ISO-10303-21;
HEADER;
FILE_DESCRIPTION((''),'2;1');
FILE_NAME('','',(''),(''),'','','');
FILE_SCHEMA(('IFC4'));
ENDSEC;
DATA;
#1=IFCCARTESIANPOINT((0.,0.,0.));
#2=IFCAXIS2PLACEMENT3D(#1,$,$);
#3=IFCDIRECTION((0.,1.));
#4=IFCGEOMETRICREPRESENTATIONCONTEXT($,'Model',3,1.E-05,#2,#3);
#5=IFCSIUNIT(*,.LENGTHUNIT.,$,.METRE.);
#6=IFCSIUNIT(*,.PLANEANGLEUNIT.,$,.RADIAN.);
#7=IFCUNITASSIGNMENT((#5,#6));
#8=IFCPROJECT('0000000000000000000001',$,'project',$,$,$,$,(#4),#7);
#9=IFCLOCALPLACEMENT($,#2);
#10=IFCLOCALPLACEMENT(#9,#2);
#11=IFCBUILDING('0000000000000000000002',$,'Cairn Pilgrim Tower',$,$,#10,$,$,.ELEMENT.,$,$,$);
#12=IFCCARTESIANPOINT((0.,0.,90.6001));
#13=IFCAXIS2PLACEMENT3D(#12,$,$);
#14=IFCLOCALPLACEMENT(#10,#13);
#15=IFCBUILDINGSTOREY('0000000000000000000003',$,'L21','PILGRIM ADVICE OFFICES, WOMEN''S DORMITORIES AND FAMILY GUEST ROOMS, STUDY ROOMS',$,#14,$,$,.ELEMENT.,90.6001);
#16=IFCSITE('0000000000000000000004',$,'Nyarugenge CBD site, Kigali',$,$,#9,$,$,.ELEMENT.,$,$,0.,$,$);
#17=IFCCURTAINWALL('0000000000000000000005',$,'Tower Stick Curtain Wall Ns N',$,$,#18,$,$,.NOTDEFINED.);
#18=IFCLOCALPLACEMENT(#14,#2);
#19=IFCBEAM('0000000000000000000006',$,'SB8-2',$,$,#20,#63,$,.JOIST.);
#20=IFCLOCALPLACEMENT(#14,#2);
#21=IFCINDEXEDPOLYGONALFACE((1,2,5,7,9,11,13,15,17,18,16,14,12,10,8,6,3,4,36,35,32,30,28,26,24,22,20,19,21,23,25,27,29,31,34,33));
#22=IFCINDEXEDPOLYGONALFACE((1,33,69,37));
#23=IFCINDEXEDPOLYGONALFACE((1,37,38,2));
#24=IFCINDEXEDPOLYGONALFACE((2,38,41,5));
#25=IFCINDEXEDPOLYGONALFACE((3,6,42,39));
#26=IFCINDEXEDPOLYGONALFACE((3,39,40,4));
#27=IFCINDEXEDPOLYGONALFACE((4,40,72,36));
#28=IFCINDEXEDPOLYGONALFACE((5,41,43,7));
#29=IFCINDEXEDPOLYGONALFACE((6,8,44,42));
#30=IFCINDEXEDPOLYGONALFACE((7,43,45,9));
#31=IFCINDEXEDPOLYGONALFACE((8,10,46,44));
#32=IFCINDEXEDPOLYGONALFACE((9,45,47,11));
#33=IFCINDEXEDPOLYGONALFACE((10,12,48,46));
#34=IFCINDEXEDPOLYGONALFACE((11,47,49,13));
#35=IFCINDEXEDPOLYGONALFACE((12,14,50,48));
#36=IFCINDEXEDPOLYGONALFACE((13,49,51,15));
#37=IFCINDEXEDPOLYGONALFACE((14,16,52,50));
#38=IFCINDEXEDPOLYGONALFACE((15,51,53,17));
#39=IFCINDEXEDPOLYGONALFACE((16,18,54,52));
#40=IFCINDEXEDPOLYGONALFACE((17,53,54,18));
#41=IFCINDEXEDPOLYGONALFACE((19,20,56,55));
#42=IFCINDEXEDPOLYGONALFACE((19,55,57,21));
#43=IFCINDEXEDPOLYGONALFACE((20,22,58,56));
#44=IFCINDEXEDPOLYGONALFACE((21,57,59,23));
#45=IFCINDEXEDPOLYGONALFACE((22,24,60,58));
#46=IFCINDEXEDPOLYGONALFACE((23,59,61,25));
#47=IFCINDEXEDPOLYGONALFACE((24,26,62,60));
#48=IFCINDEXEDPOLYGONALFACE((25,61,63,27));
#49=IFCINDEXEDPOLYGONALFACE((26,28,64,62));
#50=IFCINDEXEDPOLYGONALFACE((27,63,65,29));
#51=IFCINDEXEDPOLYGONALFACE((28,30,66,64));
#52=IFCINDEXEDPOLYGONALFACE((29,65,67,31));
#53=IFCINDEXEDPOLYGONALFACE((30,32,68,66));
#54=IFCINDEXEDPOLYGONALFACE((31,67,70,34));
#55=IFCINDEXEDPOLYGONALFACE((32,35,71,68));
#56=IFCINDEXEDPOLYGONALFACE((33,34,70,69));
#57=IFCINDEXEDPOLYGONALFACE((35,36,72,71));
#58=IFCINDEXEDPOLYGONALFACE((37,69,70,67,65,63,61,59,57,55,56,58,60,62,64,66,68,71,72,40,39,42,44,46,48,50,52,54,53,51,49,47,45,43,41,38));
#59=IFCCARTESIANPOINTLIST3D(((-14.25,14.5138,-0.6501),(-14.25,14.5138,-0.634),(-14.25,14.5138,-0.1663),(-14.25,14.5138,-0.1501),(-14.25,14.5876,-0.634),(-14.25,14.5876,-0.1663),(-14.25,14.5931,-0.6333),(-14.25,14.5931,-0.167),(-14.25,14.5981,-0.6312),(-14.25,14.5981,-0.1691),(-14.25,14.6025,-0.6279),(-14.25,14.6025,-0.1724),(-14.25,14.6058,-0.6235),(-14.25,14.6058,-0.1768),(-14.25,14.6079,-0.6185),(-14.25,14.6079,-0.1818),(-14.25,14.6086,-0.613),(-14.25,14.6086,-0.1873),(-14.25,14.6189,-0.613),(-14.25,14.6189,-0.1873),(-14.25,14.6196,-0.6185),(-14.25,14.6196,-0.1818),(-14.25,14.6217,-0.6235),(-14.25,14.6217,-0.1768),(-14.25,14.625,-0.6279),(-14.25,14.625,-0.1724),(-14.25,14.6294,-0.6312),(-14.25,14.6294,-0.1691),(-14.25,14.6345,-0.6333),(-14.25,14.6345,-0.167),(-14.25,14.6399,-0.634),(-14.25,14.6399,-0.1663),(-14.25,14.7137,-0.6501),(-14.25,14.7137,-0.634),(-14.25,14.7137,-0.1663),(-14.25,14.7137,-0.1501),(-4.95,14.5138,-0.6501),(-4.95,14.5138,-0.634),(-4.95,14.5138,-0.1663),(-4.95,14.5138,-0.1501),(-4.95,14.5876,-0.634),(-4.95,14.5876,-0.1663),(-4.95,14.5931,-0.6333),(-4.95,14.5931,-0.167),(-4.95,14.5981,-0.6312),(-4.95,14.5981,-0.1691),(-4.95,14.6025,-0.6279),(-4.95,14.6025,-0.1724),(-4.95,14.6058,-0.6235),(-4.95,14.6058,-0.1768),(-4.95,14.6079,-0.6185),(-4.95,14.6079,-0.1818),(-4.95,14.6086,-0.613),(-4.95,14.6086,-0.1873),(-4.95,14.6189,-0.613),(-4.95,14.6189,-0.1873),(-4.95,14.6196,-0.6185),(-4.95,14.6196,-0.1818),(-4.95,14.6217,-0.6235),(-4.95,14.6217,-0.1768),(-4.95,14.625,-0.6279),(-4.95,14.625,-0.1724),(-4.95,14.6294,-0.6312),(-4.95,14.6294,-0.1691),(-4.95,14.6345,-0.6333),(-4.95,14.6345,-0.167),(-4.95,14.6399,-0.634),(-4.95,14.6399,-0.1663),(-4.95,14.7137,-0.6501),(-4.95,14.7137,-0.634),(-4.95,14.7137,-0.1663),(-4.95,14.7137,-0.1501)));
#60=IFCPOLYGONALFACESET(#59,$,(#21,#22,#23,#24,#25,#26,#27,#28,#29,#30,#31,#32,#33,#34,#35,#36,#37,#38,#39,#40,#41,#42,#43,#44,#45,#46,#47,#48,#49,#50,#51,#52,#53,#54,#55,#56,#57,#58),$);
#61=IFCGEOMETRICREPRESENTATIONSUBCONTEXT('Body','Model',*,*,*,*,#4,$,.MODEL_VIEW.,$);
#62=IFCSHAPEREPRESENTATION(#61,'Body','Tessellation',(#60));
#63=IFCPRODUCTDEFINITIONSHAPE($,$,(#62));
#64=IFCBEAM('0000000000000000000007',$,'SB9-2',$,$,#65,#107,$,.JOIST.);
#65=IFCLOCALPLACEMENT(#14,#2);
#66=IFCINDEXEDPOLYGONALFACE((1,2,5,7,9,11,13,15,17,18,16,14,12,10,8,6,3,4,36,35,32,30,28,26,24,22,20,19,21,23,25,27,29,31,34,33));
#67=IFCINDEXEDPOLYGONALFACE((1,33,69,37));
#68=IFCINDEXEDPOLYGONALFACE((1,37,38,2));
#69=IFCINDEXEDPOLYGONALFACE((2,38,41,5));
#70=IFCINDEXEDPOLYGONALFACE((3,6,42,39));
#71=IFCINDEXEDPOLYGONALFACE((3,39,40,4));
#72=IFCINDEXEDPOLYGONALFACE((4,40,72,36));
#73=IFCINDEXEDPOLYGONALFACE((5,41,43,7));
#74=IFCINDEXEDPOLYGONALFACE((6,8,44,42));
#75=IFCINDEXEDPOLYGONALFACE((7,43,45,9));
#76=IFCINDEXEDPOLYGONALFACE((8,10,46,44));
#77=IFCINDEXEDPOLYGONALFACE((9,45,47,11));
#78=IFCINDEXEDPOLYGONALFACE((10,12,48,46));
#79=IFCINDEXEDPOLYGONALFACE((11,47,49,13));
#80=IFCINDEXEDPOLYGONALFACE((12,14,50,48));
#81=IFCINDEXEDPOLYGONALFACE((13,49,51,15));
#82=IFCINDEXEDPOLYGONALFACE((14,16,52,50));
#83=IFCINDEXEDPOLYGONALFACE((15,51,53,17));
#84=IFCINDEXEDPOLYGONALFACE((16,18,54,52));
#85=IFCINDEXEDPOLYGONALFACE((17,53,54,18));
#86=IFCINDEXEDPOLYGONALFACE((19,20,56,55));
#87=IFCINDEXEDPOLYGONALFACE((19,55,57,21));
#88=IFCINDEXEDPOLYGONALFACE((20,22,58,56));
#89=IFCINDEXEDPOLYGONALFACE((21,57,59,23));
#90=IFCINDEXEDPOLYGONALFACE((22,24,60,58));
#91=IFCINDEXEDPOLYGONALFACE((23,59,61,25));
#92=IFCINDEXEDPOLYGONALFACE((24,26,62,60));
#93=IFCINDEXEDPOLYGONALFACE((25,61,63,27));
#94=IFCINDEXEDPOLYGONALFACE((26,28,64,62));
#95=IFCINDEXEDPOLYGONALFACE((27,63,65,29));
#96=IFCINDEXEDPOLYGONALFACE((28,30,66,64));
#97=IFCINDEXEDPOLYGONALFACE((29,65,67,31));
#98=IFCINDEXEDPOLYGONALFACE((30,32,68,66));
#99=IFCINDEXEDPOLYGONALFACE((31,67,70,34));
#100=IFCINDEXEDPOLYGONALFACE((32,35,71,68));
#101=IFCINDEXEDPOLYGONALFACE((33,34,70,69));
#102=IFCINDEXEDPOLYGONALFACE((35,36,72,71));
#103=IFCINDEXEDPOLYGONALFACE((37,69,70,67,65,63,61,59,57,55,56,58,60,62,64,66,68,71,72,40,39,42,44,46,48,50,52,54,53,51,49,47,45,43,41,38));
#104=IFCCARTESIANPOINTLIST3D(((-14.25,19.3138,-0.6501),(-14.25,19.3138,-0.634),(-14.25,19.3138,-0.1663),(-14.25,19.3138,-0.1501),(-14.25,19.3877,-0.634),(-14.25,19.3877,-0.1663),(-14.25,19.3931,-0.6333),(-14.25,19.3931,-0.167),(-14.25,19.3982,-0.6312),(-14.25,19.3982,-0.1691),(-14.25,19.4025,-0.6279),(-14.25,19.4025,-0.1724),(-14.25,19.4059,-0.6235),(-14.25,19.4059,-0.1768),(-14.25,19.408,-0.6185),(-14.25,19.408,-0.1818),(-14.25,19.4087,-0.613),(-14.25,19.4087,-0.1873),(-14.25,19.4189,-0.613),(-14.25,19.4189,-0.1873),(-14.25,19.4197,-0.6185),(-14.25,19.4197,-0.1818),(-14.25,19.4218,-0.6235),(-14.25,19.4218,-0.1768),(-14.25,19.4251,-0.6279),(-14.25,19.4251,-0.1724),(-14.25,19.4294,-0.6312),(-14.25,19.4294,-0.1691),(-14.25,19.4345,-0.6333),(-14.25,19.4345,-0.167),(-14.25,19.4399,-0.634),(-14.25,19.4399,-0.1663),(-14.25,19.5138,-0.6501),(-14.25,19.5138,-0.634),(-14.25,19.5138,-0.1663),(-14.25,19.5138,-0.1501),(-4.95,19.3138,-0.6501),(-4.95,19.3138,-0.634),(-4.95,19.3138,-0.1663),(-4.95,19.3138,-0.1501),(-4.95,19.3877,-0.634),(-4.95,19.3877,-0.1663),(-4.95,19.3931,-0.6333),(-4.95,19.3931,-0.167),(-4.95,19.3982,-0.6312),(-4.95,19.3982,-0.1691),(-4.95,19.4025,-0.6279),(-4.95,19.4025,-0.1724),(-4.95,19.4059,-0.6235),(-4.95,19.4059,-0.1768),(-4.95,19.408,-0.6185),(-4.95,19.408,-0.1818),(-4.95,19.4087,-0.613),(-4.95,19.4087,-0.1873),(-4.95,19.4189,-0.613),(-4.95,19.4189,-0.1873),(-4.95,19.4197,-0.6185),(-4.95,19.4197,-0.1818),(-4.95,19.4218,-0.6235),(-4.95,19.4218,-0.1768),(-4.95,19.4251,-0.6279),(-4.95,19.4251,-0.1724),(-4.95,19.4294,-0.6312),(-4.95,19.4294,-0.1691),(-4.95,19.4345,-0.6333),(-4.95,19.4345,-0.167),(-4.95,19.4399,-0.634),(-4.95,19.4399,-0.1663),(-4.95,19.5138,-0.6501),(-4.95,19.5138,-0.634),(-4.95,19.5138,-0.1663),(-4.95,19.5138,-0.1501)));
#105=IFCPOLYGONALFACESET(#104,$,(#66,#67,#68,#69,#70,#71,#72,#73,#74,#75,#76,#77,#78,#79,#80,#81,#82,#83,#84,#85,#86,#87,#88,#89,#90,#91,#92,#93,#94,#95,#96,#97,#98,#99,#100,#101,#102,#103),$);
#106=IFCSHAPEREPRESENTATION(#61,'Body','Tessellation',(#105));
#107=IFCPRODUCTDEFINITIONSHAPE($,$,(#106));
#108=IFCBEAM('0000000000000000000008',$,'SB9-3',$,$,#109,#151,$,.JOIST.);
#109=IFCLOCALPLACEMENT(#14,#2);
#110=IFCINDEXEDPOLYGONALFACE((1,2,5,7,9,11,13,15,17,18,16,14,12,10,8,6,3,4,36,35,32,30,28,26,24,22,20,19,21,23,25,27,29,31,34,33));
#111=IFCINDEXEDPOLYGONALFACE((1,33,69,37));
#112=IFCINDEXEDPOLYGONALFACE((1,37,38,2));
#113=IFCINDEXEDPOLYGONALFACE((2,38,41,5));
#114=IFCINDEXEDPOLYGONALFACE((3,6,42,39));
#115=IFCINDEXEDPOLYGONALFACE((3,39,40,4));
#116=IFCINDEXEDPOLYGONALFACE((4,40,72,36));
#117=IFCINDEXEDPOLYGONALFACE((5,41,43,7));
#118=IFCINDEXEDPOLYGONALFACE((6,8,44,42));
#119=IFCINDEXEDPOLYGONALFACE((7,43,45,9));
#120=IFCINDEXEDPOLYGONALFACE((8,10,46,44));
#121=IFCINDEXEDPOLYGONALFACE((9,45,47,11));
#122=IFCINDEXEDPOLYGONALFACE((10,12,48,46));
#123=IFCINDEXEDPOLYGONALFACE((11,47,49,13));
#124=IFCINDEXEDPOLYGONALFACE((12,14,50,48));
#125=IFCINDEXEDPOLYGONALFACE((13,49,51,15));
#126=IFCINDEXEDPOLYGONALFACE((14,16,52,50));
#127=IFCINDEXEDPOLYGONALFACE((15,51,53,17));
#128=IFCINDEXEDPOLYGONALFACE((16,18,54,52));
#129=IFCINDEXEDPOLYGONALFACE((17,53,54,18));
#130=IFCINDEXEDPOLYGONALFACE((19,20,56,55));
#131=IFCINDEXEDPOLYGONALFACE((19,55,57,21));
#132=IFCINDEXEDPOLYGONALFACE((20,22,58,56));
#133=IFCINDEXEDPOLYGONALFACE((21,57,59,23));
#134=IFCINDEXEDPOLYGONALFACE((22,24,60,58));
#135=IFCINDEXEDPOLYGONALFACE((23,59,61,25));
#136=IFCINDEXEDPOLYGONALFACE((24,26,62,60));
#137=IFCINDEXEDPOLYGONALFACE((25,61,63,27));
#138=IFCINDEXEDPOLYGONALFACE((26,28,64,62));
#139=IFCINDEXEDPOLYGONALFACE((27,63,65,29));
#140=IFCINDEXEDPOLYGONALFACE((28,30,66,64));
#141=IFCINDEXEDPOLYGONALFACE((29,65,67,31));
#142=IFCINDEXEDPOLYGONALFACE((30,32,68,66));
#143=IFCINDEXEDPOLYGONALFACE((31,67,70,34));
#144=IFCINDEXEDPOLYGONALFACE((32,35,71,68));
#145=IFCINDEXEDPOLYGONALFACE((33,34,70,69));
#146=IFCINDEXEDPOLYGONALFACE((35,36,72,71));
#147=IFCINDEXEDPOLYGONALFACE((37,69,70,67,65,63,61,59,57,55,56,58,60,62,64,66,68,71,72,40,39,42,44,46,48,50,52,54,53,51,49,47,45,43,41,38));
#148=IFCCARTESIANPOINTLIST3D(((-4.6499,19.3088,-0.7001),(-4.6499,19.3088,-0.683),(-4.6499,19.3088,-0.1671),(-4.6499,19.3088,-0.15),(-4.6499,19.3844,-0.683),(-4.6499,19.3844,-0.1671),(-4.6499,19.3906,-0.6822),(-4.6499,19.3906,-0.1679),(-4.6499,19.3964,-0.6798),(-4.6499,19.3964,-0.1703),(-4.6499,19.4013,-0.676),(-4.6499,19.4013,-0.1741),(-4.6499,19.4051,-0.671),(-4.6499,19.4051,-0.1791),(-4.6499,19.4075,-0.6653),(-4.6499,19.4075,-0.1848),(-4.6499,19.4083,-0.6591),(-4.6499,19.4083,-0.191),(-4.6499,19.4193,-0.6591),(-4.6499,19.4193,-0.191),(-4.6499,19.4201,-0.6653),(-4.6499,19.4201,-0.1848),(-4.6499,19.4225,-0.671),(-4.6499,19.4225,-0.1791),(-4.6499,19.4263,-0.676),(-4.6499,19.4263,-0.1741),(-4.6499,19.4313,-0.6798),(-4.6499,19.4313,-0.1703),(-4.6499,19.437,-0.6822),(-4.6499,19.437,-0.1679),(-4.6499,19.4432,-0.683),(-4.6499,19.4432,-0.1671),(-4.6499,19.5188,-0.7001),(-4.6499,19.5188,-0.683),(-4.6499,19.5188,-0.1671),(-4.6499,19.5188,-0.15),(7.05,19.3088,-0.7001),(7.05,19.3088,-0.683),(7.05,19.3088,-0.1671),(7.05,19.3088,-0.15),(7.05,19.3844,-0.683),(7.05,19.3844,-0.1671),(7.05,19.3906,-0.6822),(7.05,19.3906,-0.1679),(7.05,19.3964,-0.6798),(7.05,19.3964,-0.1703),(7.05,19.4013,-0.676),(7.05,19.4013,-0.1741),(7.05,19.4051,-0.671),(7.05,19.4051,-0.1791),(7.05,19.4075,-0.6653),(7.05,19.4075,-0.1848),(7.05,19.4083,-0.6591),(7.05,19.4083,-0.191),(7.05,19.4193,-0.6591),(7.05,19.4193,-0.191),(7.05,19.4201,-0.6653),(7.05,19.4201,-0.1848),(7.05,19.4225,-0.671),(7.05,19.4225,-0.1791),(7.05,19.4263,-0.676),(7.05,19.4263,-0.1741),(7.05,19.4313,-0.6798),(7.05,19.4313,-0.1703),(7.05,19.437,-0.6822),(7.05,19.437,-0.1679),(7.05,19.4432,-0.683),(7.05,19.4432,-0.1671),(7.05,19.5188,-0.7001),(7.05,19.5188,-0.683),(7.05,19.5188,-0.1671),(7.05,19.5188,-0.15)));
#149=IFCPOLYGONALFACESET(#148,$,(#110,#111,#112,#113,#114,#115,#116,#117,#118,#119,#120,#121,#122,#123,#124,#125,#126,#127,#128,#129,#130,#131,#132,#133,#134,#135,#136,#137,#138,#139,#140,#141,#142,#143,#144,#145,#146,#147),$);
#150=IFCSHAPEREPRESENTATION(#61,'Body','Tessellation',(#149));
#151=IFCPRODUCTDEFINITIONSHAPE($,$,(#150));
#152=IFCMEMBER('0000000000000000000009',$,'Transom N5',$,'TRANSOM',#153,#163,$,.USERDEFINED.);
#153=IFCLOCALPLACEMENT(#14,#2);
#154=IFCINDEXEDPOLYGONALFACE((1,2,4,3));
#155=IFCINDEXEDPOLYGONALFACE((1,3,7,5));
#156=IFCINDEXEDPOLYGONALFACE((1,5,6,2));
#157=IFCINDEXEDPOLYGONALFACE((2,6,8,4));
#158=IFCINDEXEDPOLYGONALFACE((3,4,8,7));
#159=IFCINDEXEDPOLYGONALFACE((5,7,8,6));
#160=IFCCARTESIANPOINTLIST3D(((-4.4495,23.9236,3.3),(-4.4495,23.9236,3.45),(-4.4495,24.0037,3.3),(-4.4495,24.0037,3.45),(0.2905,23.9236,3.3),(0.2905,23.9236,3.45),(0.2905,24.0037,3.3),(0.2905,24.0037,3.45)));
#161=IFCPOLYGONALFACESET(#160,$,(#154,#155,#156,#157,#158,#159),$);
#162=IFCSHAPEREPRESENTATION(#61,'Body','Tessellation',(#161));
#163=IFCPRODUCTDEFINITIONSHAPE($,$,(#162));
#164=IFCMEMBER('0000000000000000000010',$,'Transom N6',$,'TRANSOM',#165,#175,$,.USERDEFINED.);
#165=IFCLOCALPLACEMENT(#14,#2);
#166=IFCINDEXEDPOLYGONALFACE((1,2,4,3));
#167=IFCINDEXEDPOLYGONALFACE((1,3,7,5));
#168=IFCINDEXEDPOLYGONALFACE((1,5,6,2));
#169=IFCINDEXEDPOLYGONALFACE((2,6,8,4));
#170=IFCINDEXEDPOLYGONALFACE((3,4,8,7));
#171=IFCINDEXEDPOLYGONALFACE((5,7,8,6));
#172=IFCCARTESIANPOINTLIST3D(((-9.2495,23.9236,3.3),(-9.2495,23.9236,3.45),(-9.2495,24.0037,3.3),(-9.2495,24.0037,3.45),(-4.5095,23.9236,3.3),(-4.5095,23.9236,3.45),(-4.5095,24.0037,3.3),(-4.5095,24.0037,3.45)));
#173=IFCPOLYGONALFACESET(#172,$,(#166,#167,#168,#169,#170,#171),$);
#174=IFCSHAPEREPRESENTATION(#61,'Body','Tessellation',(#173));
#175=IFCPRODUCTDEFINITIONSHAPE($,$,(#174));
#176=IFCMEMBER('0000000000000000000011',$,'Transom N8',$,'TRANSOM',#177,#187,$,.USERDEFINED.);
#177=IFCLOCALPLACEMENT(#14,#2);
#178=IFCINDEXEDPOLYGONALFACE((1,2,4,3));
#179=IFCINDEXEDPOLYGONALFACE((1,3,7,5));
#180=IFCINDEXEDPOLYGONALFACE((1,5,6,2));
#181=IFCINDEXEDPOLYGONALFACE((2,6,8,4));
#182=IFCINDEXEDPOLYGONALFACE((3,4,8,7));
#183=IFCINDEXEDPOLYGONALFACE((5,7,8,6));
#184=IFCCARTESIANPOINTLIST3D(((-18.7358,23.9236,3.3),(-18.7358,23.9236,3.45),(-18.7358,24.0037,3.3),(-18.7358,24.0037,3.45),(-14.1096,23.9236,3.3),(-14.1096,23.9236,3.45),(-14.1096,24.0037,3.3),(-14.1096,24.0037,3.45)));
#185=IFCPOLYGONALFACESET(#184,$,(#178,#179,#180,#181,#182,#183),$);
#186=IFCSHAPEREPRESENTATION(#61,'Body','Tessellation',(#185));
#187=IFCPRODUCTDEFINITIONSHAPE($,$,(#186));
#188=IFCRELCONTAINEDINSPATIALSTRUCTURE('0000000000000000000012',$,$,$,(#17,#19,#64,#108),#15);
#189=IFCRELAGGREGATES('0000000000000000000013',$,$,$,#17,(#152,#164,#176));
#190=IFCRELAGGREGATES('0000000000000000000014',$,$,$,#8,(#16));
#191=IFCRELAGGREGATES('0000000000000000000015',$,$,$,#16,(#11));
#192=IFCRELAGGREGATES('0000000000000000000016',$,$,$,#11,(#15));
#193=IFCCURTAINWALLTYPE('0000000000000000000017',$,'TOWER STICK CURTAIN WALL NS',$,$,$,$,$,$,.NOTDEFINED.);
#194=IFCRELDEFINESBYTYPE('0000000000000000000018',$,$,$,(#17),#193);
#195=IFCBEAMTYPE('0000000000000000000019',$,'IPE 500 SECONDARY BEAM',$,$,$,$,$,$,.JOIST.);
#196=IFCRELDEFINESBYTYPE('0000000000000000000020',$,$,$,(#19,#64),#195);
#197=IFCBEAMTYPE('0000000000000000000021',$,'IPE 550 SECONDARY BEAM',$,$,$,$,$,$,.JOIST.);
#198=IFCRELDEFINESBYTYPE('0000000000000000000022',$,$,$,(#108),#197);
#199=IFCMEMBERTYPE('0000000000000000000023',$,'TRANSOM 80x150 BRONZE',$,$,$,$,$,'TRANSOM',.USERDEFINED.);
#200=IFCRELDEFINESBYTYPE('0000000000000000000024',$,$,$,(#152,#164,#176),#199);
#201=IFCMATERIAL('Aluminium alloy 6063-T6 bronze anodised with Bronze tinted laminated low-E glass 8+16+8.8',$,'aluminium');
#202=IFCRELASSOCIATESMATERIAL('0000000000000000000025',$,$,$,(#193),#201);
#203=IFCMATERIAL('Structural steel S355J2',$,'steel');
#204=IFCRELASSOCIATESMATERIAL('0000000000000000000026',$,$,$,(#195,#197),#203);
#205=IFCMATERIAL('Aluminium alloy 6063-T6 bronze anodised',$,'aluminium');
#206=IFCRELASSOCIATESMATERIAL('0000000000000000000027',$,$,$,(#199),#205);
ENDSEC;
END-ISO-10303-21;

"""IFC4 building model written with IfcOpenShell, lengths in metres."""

from ifc_helpers import new_model, si_unit, direction, frame, origin, origin_2d, place, context, subcontext, project, spatial, rectangle, i_section, extrude, material, material_profile, profile_set, type_object, element, aggregate, save


model = new_model("IFC4")

# Units and contexts
model_context = context("Model", 3, precision=1e-05, world=origin(), true_north=direction((0.0, 1.0)))
body_context = subcontext(model_context, "Body", "Model", "MODEL_VIEW")
ifc_project = project(units=[si_unit("LENGTHUNIT", "METRE"), si_unit("PLANEANGLEUNIT", "RADIAN")], contexts=[model_context])

# Site, building, storey
site_placement = place(None, origin())
site = spatial("IfcSite", under=ifc_project, at=site_placement, Name="Nyarugenge CBD site, Kigali", CompositionType="ELEMENT", RefElevation=0.0)
building_placement = place(site_placement, origin())
building = spatial("IfcBuilding", under=site, at=building_placement, Name="Cairn Pilgrim Tower", CompositionType="ELEMENT")
storey_placement = place(building_placement, frame((0.0, 0.0, 90.6001)))
storey = spatial("IfcBuildingStorey", under=building, at=storey_placement, Name="L21", Description="PILGRIM ADVICE OFFICES, WOMEN'S DORMITORIES AND FAMILY GUEST ROOMS, STUDY ROOMS", CompositionType="ELEMENT", Elevation=90.6001)

# Curtain wall
ifc_material_1 = material(Name="Aluminium alloy 6063-T6 bronze anodised with Bronze tinted laminated low-E glass 8+16+8.8", Category="aluminium")
curtain_wall_type = type_object("IfcCurtainWallType", Name="TOWER STICK CURTAIN WALL NS", PredefinedType="NOTDEFINED", material=ifc_material_1)
curtain_wall_placement = place(storey_placement, origin())
curtain_wall = element("IfcCurtainWall", 1, at=curtain_wall_placement, inside=storey, type_object=curtain_wall_type, Name="Tower Stick Curtain Wall Ns N", PredefinedType="NOTDEFINED")
ifc_material_2 = material(Name="Aluminium alloy 6063-T6 bronze anodised", Category="aluminium")

# Beams
ifc_material_3 = material(Name="Structural steel S355J2", Category="steel")
ifc_material_profile_1 = material_profile(ifc_material_3, i_section(OverallWidth=0.2, OverallDepth=0.5, WebThickness=0.0103, FlangeThickness=0.0161, FilletRadius=0.021, at=origin_2d()), Name="IPE 500")
ifc_profile_set_1 = profile_set([ifc_material_profile_1], Name="Structural steel S355J2")
beam_type_1 = type_object("IfcBeamType", Name="IPE 500 SECONDARY BEAM", PredefinedType="JOIST", material=ifc_profile_set_1)
for number, where, z_axis, x_axis, name in (
    (2, (-14.25, 14.6138, -0.4001), (1.0, 0.0, 0.0), (0.0, 1.0, 0.0), "SB8-2"),
    (3, (-14.25, 19.4138, -0.4001), (1.0, 0.0, 0.0), (0.0, 1.0, 0.0), "SB9-2"),
):
    element("IfcBeam", number, at=place(storey_placement, frame(where, z_axis=z_axis, x_axis=x_axis)), inside=storey, type_object=beam_type_1, Name=name, PredefinedType="JOIST", context=body_context, shape_type="SweptSolid", body=[
        extrude(i_section(OverallWidth=0.2, OverallDepth=0.5, WebThickness=0.0103, FlangeThickness=0.0161, FilletRadius=0.021, at=origin_2d()), origin(), (0.0, 0.0, 1.0), 9.3),
    ])
ifc_material_profile_2 = material_profile(ifc_material_3, i_section(OverallWidth=0.21, OverallDepth=0.55, WebThickness=0.011, FlangeThickness=0.0171, FilletRadius=0.0239, at=origin_2d()), Name="IPE 550")
ifc_profile_set_2 = profile_set([ifc_material_profile_2], Name="Structural steel S355J2")
beam_type_2 = type_object("IfcBeamType", Name="IPE 550 SECONDARY BEAM", PredefinedType="JOIST", material=ifc_profile_set_2)
beam_1_placement = place(storey_placement, frame((-4.6499, 19.4138, -0.425), z_axis=(1.0, 0.0, 0.0), x_axis=(0.0, 1.0, 0.0)))
element("IfcBeam", 4, at=beam_1_placement, inside=storey, type_object=beam_type_2, Name="SB9-3", PredefinedType="JOIST", context=body_context, shape_type="SweptSolid", body=[
    extrude(i_section(OverallWidth=0.21, OverallDepth=0.55, WebThickness=0.011, FlangeThickness=0.0171, FilletRadius=0.0239, at=origin_2d()), origin(), (0.0, 0.0, 1.0), 11.7),
])

# Members
ifc_material_profile_3 = material_profile(ifc_material_2, rectangle(XDim=0.0801, YDim=0.1499, at=origin_2d()), Name="TRANSOM 80x150 BRONZE")
ifc_profile_set_3 = profile_set([ifc_material_profile_3], Name="Aluminium alloy 6063-T6 bronze anodised")
member_type_1 = type_object("IfcMemberType", Name="TRANSOM 80x150 BRONZE", ElementType="TRANSOM", PredefinedType="USERDEFINED", material=ifc_profile_set_3)
member_1_placement = place(storey_placement, frame((0.2905, 23.9636, 3.375), z_axis=(-1.0, 0.0, 0.0), x_axis=(0.0, -1.0, 0.0)))
member_1 = element("IfcMember", 5, at=member_1_placement, type_object=member_type_1, Name="Transom N5", ObjectType="TRANSOM", PredefinedType="USERDEFINED", context=body_context, shape_type="SweptSolid", body=[
    extrude(rectangle(XDim=0.0801, YDim=0.1499, at=origin_2d()), origin(), (0.0, 0.0, 1.0), 4.74),
])
member_2_placement = place(storey_placement, frame((-4.5095, 23.9636, 3.375), z_axis=(-1.0, 0.0, 0.0), x_axis=(0.0, -1.0, 0.0)))
member_2 = element("IfcMember", 6, at=member_2_placement, type_object=member_type_1, Name="Transom N6", ObjectType="TRANSOM", PredefinedType="USERDEFINED", context=body_context, shape_type="SweptSolid", body=[
    extrude(rectangle(XDim=0.0801, YDim=0.1499, at=origin_2d()), origin(), (0.0, 0.0, 1.0), 4.74),
])
member_3_placement = place(storey_placement, frame((-14.1096, 23.9636, 3.375), z_axis=(-1.0, 0.0, 0.0), x_axis=(0.0, -1.0, 0.0)))
member_3 = element("IfcMember", 7, at=member_3_placement, type_object=member_type_1, Name="Transom N8", ObjectType="TRANSOM", PredefinedType="USERDEFINED", context=body_context, shape_type="SweptSolid", body=[
    extrude(rectangle(XDim=0.0801, YDim=0.1499, at=origin_2d()), origin(), (0.0, 0.0, 1.0), 4.6262),
])

aggregate(curtain_wall, [member_1, member_2, member_3])

save(model, "model.ifc")
